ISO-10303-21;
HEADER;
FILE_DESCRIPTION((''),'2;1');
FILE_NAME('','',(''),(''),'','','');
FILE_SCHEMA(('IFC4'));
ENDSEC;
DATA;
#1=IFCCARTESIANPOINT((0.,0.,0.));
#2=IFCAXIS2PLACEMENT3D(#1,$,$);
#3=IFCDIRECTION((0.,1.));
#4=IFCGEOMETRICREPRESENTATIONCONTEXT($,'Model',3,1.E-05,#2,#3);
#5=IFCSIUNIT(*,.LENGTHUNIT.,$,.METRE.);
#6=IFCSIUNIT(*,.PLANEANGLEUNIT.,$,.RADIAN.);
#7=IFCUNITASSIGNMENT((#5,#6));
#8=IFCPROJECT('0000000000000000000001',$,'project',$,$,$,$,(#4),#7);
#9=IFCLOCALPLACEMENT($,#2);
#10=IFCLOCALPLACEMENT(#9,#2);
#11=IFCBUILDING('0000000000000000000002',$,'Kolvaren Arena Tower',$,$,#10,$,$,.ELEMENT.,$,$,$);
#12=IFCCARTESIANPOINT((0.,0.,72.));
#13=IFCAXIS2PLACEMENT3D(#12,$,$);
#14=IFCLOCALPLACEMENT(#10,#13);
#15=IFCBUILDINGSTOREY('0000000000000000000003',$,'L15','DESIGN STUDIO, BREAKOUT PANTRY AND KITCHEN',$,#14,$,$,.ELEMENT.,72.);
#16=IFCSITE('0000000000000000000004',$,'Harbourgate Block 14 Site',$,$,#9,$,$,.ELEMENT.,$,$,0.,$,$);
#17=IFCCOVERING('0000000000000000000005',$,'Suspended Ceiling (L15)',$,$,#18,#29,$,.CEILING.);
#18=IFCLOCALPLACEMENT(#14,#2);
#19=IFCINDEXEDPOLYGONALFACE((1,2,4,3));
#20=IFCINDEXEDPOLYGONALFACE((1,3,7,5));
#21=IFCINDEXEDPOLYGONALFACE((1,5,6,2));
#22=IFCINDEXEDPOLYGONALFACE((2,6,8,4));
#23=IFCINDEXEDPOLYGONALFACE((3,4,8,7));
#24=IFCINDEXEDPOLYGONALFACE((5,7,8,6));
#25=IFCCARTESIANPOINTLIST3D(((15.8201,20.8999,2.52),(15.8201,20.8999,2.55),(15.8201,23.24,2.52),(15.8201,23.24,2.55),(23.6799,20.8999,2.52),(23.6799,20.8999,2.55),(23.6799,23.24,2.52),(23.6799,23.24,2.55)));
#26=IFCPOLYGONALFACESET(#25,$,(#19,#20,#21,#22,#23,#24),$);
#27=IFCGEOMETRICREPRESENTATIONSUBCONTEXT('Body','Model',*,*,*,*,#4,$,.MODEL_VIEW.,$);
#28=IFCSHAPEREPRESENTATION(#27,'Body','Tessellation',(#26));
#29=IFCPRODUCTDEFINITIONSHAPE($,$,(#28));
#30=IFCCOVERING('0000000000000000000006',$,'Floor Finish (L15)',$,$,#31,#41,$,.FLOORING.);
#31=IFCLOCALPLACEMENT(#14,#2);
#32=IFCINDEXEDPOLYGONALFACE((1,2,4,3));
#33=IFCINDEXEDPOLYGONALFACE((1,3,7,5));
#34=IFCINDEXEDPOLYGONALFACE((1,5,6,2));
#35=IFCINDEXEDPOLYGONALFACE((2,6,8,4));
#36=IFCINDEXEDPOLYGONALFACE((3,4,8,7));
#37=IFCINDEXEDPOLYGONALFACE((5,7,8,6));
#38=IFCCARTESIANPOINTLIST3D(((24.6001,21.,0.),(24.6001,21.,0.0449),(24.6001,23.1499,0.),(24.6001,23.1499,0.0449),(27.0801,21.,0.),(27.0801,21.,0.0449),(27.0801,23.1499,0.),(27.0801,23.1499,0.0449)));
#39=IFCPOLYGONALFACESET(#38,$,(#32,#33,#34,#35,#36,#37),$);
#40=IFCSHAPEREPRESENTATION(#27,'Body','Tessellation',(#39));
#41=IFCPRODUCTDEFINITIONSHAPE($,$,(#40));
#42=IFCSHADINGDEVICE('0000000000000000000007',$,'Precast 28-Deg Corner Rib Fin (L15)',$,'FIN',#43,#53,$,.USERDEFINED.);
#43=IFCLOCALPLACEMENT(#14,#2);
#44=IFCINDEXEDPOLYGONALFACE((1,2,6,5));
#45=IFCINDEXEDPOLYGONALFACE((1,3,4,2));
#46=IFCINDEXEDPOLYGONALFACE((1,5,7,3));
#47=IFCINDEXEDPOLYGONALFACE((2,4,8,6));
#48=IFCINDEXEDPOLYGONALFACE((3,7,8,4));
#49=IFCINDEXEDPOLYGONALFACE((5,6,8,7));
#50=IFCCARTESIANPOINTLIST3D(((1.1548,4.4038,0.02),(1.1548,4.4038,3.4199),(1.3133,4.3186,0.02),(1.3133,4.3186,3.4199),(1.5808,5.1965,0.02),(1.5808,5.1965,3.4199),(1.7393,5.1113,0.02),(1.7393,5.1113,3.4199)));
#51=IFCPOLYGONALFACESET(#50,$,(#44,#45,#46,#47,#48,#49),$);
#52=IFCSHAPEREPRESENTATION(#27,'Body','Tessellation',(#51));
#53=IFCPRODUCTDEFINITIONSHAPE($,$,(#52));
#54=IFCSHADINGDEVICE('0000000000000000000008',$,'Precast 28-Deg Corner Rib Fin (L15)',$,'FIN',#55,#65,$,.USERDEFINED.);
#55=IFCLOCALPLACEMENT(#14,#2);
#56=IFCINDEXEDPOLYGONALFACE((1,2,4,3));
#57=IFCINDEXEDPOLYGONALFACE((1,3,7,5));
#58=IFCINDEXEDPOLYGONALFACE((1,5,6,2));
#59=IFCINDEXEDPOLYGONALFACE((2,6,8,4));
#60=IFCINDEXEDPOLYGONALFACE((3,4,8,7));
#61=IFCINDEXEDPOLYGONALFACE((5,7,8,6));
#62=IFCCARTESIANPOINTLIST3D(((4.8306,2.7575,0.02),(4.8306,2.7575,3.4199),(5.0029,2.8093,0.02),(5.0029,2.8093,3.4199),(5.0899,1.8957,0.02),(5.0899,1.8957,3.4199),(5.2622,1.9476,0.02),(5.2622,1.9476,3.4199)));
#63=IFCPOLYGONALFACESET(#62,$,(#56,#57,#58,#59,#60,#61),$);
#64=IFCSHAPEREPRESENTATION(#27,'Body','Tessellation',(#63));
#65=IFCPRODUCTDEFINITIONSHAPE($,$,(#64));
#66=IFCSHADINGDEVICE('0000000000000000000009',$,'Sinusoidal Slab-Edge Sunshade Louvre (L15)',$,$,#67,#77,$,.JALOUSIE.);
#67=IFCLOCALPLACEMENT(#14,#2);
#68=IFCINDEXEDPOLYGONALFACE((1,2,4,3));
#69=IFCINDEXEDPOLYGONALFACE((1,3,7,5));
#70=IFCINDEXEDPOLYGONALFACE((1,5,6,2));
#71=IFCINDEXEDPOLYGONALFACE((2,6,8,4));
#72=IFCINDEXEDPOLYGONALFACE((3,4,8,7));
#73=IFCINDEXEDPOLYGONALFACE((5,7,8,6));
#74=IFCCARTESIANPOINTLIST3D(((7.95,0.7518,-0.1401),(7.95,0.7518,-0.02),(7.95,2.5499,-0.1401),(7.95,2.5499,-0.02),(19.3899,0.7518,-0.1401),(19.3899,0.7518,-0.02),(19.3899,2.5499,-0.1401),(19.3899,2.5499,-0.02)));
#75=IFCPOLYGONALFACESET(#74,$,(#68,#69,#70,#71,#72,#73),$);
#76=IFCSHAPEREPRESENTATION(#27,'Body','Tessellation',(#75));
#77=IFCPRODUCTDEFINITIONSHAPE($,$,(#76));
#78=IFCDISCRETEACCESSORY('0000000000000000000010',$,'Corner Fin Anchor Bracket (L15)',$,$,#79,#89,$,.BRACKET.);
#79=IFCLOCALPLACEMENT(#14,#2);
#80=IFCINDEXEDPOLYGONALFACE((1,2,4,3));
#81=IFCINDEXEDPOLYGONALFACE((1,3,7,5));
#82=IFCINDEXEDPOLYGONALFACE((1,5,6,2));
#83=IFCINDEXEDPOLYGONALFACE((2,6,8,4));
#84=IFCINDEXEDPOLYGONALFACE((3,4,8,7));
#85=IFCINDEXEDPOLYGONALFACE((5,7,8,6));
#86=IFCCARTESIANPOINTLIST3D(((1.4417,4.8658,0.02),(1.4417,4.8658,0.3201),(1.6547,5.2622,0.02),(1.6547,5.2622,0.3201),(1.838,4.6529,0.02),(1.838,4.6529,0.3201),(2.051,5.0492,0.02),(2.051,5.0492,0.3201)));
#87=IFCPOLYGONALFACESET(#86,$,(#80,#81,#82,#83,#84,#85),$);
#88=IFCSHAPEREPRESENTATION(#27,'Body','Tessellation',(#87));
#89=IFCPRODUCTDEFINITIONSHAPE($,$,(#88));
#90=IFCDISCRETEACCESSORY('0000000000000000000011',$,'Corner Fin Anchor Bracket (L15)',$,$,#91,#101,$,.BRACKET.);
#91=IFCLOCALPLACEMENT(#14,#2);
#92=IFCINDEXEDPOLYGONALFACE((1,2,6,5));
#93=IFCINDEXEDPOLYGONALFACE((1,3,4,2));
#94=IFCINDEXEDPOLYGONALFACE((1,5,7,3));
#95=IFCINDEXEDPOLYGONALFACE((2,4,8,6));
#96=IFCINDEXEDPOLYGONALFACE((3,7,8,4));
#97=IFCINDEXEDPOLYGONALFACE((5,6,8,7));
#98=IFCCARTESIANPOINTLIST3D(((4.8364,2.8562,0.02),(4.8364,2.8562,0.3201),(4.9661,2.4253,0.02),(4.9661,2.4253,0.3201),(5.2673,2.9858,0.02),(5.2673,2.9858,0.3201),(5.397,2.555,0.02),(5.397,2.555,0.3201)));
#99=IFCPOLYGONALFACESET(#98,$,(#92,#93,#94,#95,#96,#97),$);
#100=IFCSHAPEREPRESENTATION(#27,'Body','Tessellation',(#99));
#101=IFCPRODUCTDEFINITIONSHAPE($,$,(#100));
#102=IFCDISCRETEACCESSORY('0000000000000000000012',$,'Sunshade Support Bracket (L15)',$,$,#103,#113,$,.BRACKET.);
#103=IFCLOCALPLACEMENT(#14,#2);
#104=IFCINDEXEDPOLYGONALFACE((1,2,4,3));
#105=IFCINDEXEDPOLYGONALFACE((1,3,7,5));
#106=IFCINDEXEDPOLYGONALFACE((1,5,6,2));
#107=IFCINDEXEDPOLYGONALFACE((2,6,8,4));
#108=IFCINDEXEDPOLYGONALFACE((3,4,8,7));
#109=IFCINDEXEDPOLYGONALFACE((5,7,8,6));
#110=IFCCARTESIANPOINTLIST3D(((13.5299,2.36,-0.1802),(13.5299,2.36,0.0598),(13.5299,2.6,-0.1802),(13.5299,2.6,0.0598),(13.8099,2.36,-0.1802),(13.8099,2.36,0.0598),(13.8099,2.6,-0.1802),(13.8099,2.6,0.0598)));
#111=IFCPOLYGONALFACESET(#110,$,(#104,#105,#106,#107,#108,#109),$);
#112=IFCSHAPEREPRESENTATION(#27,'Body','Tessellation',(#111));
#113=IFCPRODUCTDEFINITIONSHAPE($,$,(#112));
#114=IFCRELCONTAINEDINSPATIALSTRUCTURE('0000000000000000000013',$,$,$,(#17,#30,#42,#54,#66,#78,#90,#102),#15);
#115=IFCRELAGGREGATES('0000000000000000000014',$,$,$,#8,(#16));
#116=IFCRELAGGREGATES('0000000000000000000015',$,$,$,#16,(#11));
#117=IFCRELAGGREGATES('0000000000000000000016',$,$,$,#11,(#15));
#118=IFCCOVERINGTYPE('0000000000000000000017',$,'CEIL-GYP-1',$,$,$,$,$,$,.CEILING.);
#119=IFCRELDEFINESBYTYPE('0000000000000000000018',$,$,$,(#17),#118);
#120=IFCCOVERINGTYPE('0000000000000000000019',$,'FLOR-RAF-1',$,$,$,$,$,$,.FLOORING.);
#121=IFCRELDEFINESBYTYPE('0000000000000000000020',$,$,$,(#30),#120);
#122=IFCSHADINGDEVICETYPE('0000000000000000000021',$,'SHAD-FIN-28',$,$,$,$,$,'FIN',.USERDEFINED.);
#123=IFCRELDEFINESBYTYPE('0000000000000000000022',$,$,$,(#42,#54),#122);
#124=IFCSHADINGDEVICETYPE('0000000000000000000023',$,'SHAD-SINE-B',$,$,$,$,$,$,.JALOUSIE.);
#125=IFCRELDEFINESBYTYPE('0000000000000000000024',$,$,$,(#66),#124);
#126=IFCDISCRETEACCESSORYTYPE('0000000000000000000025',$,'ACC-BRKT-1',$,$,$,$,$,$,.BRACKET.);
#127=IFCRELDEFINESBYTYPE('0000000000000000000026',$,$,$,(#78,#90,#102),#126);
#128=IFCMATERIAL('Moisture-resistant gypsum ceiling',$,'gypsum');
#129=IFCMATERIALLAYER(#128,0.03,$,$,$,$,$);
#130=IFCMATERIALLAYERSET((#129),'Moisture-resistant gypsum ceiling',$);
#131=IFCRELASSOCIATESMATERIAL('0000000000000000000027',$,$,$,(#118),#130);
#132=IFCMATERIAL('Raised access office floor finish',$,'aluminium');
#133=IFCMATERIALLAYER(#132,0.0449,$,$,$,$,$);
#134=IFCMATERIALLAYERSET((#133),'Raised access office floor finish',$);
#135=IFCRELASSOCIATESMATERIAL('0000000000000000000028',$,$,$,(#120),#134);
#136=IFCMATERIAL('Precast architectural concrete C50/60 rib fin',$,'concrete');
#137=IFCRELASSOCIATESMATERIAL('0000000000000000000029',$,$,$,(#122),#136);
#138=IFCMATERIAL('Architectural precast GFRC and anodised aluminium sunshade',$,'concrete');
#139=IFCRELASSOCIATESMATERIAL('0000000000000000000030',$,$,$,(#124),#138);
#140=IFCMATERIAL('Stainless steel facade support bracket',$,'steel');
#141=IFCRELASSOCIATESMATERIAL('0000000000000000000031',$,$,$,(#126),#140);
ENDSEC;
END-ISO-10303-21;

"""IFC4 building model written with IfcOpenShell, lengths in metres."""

from ifc_helpers import new_model, si_unit, direction, frame, origin, origin_2d, place, context, subcontext, project, spatial, polyline, rectangle, outline, extrude, material, layer, layer_set, type_object, element, save


model = new_model("IFC4")

# Units and contexts
model_context = context("Model", 3, precision=1e-05, world=origin(), true_north=direction((0.0, 1.0)))
body_context = subcontext(model_context, "Body", "Model", "MODEL_VIEW")
ifc_project = project(units=[si_unit("LENGTHUNIT", "METRE"), si_unit("PLANEANGLEUNIT", "RADIAN")], contexts=[model_context])

# Site, building, storey
site_placement = place(None, origin())
site = spatial("IfcSite", under=ifc_project, at=site_placement, Name="Harbourgate Block 14 Site", CompositionType="ELEMENT", RefElevation=0.0)
building_placement = place(site_placement, origin())
building = spatial("IfcBuilding", under=site, at=building_placement, Name="Kolvaren Arena Tower", CompositionType="ELEMENT")
storey_placement = place(building_placement, frame((0.0, 0.0, 72.0)))
storey = spatial("IfcBuildingStorey", under=building, at=storey_placement, Name="L15", Description="DESIGN STUDIO, BREAKOUT PANTRY AND KITCHEN", CompositionType="ELEMENT", Elevation=72.0)

# Coverings
ifc_material_1 = material(Name="Moisture-resistant gypsum ceiling", Category="gypsum")
ifc_layer_1 = layer(ifc_material_1, 0.03)
ifc_layer_set_1 = layer_set([ifc_layer_1], Name="Moisture-resistant gypsum ceiling")
covering_type_1 = type_object("IfcCoveringType", Name="CEIL-GYP-1", PredefinedType="CEILING", material=ifc_layer_set_1)
covering_1_placement = place(storey_placement, frame((0.0, 0.0, 2.52)))
element("IfcCovering", 1, at=covering_1_placement, inside=storey, type_object=covering_type_1, Name="Suspended Ceiling (L15)", PredefinedType="CEILING", context=body_context, shape_type="SweptSolid", body=[
    extrude(outline(polyline([(15.8201, 20.8999), (15.8201, 23.24), (23.6799, 23.24), (23.6799, 20.8999), (15.8201, 20.8999)])), origin(), (0.0, 0.0, 1.0), 0.03),
])
ifc_material_2 = material(Name="Raised access office floor finish", Category="aluminium")
ifc_layer_2 = layer(ifc_material_2, 0.0449)
ifc_layer_set_2 = layer_set([ifc_layer_2], Name="Raised access office floor finish")
covering_type_2 = type_object("IfcCoveringType", Name="FLOR-RAF-1", PredefinedType="FLOORING", material=ifc_layer_set_2)
covering_2_placement = place(storey_placement, origin())
element("IfcCovering", 2, at=covering_2_placement, inside=storey, type_object=covering_type_2, Name="Floor Finish (L15)", PredefinedType="FLOORING", context=body_context, shape_type="SweptSolid", body=[
    extrude(outline(polyline([(24.6001, 21.0), (24.6001, 23.1499), (27.0801, 23.1499), (27.0801, 21.0), (24.6001, 21.0)])), origin(), (0.0, 0.0, 1.0), 0.0449),
])

# Shading devices
ifc_material_3 = material(Name="Precast architectural concrete C50/60 rib fin", Category="concrete")
shading_device_type_1 = type_object("IfcShadingDeviceType", Name="SHAD-FIN-28", ElementType="FIN", PredefinedType="USERDEFINED", material=ifc_material_3)
for number, where, z_axis, x_axis, name in (
    (3, (1.447, 4.7576, 0.02), (0.0, 0.0, 1.0), (-0.473349, -0.880875, 0.0), "Precast 28-Deg Corner Rib Fin (L15)"),
    (4, (5.0464, 2.3525, 0.02), (0.0, 0.0, 1.0), (0.288175, -0.957578, 0.0), "Precast 28-Deg Corner Rib Fin (L15)"),
):
    element("IfcShadingDevice", number, at=place(storey_placement, frame(where, z_axis=z_axis, x_axis=x_axis)), inside=storey, type_object=shading_device_type_1, Name=name, ObjectType="FIN", PredefinedType="USERDEFINED", context=body_context, shape_type="SweptSolid", body=[
        extrude(rectangle(XDim=0.8999, YDim=0.1799, at=origin_2d()), origin(), (0.0, 0.0, 1.0), 3.3999),
    ])
ifc_material_4 = material(Name="Architectural precast GFRC and anodised aluminium sunshade", Category="concrete")
shading_device_type_2 = type_object("IfcShadingDeviceType", Name="SHAD-SINE-B", PredefinedType="JALOUSIE", material=ifc_material_4)
shading_device_placement = place(storey_placement, frame((13.6699, 1.6509, -0.1401), z_axis=(0.0, 0.0, 1.0), x_axis=(-1.0, 0.0, 0.0)))
element("IfcShadingDevice", 5, at=shading_device_placement, inside=storey, type_object=shading_device_type_2, Name="Sinusoidal Slab-Edge Sunshade Louvre (L15)", PredefinedType="JALOUSIE", context=body_context, shape_type="SweptSolid", body=[
    extrude(rectangle(XDim=11.4399, YDim=1.7981, at=origin_2d()), origin(), (0.0, 0.0, 1.0), 0.1201),
])

# Discrete accessories
ifc_material_5 = material(Name="Stainless steel facade support bracket", Category="steel")
discrete_accessory_type = type_object("IfcDiscreteAccessoryType", Name="ACC-BRKT-1", PredefinedType="BRACKET", material=ifc_material_5)
for number, where, z_axis, x_axis, name in (
    (6, (1.7463, 4.9575, 0.02), (0.0, 0.0, 1.0), (-0.473349, -0.880875, 0.0), "Corner Fin Anchor Bracket (L15)"),
    (7, (5.1167, 2.7056, 0.02), (0.0, 0.0, 1.0), (0.288175, -0.957578, 0.0), "Corner Fin Anchor Bracket (L15)"),
):
    element("IfcDiscreteAccessory", number, at=place(storey_placement, frame(where, z_axis=z_axis, x_axis=x_axis)), inside=storey, type_object=discrete_accessory_type, Name=name, PredefinedType="BRACKET", context=body_context, shape_type="SweptSolid", body=[
        extrude(rectangle(XDim=0.45, YDim=0.45, at=origin_2d()), origin(), (0.0, 0.0, 1.0), 0.3),
    ])
discrete_accessory_placement = place(storey_placement, frame((13.6699, 2.48, -0.1802), z_axis=(0.0, 0.0, 1.0), x_axis=(-1.0, 0.0, 0.0)))
element("IfcDiscreteAccessory", 8, at=discrete_accessory_placement, inside=storey, type_object=discrete_accessory_type, Name="Sunshade Support Bracket (L15)", PredefinedType="BRACKET", context=body_context, shape_type="SweptSolid", body=[
    extrude(rectangle(XDim=0.28, YDim=0.24, at=origin_2d()), origin(), (0.0, 0.0, 1.0), 0.24),
])

save(model, "model.ifc")
